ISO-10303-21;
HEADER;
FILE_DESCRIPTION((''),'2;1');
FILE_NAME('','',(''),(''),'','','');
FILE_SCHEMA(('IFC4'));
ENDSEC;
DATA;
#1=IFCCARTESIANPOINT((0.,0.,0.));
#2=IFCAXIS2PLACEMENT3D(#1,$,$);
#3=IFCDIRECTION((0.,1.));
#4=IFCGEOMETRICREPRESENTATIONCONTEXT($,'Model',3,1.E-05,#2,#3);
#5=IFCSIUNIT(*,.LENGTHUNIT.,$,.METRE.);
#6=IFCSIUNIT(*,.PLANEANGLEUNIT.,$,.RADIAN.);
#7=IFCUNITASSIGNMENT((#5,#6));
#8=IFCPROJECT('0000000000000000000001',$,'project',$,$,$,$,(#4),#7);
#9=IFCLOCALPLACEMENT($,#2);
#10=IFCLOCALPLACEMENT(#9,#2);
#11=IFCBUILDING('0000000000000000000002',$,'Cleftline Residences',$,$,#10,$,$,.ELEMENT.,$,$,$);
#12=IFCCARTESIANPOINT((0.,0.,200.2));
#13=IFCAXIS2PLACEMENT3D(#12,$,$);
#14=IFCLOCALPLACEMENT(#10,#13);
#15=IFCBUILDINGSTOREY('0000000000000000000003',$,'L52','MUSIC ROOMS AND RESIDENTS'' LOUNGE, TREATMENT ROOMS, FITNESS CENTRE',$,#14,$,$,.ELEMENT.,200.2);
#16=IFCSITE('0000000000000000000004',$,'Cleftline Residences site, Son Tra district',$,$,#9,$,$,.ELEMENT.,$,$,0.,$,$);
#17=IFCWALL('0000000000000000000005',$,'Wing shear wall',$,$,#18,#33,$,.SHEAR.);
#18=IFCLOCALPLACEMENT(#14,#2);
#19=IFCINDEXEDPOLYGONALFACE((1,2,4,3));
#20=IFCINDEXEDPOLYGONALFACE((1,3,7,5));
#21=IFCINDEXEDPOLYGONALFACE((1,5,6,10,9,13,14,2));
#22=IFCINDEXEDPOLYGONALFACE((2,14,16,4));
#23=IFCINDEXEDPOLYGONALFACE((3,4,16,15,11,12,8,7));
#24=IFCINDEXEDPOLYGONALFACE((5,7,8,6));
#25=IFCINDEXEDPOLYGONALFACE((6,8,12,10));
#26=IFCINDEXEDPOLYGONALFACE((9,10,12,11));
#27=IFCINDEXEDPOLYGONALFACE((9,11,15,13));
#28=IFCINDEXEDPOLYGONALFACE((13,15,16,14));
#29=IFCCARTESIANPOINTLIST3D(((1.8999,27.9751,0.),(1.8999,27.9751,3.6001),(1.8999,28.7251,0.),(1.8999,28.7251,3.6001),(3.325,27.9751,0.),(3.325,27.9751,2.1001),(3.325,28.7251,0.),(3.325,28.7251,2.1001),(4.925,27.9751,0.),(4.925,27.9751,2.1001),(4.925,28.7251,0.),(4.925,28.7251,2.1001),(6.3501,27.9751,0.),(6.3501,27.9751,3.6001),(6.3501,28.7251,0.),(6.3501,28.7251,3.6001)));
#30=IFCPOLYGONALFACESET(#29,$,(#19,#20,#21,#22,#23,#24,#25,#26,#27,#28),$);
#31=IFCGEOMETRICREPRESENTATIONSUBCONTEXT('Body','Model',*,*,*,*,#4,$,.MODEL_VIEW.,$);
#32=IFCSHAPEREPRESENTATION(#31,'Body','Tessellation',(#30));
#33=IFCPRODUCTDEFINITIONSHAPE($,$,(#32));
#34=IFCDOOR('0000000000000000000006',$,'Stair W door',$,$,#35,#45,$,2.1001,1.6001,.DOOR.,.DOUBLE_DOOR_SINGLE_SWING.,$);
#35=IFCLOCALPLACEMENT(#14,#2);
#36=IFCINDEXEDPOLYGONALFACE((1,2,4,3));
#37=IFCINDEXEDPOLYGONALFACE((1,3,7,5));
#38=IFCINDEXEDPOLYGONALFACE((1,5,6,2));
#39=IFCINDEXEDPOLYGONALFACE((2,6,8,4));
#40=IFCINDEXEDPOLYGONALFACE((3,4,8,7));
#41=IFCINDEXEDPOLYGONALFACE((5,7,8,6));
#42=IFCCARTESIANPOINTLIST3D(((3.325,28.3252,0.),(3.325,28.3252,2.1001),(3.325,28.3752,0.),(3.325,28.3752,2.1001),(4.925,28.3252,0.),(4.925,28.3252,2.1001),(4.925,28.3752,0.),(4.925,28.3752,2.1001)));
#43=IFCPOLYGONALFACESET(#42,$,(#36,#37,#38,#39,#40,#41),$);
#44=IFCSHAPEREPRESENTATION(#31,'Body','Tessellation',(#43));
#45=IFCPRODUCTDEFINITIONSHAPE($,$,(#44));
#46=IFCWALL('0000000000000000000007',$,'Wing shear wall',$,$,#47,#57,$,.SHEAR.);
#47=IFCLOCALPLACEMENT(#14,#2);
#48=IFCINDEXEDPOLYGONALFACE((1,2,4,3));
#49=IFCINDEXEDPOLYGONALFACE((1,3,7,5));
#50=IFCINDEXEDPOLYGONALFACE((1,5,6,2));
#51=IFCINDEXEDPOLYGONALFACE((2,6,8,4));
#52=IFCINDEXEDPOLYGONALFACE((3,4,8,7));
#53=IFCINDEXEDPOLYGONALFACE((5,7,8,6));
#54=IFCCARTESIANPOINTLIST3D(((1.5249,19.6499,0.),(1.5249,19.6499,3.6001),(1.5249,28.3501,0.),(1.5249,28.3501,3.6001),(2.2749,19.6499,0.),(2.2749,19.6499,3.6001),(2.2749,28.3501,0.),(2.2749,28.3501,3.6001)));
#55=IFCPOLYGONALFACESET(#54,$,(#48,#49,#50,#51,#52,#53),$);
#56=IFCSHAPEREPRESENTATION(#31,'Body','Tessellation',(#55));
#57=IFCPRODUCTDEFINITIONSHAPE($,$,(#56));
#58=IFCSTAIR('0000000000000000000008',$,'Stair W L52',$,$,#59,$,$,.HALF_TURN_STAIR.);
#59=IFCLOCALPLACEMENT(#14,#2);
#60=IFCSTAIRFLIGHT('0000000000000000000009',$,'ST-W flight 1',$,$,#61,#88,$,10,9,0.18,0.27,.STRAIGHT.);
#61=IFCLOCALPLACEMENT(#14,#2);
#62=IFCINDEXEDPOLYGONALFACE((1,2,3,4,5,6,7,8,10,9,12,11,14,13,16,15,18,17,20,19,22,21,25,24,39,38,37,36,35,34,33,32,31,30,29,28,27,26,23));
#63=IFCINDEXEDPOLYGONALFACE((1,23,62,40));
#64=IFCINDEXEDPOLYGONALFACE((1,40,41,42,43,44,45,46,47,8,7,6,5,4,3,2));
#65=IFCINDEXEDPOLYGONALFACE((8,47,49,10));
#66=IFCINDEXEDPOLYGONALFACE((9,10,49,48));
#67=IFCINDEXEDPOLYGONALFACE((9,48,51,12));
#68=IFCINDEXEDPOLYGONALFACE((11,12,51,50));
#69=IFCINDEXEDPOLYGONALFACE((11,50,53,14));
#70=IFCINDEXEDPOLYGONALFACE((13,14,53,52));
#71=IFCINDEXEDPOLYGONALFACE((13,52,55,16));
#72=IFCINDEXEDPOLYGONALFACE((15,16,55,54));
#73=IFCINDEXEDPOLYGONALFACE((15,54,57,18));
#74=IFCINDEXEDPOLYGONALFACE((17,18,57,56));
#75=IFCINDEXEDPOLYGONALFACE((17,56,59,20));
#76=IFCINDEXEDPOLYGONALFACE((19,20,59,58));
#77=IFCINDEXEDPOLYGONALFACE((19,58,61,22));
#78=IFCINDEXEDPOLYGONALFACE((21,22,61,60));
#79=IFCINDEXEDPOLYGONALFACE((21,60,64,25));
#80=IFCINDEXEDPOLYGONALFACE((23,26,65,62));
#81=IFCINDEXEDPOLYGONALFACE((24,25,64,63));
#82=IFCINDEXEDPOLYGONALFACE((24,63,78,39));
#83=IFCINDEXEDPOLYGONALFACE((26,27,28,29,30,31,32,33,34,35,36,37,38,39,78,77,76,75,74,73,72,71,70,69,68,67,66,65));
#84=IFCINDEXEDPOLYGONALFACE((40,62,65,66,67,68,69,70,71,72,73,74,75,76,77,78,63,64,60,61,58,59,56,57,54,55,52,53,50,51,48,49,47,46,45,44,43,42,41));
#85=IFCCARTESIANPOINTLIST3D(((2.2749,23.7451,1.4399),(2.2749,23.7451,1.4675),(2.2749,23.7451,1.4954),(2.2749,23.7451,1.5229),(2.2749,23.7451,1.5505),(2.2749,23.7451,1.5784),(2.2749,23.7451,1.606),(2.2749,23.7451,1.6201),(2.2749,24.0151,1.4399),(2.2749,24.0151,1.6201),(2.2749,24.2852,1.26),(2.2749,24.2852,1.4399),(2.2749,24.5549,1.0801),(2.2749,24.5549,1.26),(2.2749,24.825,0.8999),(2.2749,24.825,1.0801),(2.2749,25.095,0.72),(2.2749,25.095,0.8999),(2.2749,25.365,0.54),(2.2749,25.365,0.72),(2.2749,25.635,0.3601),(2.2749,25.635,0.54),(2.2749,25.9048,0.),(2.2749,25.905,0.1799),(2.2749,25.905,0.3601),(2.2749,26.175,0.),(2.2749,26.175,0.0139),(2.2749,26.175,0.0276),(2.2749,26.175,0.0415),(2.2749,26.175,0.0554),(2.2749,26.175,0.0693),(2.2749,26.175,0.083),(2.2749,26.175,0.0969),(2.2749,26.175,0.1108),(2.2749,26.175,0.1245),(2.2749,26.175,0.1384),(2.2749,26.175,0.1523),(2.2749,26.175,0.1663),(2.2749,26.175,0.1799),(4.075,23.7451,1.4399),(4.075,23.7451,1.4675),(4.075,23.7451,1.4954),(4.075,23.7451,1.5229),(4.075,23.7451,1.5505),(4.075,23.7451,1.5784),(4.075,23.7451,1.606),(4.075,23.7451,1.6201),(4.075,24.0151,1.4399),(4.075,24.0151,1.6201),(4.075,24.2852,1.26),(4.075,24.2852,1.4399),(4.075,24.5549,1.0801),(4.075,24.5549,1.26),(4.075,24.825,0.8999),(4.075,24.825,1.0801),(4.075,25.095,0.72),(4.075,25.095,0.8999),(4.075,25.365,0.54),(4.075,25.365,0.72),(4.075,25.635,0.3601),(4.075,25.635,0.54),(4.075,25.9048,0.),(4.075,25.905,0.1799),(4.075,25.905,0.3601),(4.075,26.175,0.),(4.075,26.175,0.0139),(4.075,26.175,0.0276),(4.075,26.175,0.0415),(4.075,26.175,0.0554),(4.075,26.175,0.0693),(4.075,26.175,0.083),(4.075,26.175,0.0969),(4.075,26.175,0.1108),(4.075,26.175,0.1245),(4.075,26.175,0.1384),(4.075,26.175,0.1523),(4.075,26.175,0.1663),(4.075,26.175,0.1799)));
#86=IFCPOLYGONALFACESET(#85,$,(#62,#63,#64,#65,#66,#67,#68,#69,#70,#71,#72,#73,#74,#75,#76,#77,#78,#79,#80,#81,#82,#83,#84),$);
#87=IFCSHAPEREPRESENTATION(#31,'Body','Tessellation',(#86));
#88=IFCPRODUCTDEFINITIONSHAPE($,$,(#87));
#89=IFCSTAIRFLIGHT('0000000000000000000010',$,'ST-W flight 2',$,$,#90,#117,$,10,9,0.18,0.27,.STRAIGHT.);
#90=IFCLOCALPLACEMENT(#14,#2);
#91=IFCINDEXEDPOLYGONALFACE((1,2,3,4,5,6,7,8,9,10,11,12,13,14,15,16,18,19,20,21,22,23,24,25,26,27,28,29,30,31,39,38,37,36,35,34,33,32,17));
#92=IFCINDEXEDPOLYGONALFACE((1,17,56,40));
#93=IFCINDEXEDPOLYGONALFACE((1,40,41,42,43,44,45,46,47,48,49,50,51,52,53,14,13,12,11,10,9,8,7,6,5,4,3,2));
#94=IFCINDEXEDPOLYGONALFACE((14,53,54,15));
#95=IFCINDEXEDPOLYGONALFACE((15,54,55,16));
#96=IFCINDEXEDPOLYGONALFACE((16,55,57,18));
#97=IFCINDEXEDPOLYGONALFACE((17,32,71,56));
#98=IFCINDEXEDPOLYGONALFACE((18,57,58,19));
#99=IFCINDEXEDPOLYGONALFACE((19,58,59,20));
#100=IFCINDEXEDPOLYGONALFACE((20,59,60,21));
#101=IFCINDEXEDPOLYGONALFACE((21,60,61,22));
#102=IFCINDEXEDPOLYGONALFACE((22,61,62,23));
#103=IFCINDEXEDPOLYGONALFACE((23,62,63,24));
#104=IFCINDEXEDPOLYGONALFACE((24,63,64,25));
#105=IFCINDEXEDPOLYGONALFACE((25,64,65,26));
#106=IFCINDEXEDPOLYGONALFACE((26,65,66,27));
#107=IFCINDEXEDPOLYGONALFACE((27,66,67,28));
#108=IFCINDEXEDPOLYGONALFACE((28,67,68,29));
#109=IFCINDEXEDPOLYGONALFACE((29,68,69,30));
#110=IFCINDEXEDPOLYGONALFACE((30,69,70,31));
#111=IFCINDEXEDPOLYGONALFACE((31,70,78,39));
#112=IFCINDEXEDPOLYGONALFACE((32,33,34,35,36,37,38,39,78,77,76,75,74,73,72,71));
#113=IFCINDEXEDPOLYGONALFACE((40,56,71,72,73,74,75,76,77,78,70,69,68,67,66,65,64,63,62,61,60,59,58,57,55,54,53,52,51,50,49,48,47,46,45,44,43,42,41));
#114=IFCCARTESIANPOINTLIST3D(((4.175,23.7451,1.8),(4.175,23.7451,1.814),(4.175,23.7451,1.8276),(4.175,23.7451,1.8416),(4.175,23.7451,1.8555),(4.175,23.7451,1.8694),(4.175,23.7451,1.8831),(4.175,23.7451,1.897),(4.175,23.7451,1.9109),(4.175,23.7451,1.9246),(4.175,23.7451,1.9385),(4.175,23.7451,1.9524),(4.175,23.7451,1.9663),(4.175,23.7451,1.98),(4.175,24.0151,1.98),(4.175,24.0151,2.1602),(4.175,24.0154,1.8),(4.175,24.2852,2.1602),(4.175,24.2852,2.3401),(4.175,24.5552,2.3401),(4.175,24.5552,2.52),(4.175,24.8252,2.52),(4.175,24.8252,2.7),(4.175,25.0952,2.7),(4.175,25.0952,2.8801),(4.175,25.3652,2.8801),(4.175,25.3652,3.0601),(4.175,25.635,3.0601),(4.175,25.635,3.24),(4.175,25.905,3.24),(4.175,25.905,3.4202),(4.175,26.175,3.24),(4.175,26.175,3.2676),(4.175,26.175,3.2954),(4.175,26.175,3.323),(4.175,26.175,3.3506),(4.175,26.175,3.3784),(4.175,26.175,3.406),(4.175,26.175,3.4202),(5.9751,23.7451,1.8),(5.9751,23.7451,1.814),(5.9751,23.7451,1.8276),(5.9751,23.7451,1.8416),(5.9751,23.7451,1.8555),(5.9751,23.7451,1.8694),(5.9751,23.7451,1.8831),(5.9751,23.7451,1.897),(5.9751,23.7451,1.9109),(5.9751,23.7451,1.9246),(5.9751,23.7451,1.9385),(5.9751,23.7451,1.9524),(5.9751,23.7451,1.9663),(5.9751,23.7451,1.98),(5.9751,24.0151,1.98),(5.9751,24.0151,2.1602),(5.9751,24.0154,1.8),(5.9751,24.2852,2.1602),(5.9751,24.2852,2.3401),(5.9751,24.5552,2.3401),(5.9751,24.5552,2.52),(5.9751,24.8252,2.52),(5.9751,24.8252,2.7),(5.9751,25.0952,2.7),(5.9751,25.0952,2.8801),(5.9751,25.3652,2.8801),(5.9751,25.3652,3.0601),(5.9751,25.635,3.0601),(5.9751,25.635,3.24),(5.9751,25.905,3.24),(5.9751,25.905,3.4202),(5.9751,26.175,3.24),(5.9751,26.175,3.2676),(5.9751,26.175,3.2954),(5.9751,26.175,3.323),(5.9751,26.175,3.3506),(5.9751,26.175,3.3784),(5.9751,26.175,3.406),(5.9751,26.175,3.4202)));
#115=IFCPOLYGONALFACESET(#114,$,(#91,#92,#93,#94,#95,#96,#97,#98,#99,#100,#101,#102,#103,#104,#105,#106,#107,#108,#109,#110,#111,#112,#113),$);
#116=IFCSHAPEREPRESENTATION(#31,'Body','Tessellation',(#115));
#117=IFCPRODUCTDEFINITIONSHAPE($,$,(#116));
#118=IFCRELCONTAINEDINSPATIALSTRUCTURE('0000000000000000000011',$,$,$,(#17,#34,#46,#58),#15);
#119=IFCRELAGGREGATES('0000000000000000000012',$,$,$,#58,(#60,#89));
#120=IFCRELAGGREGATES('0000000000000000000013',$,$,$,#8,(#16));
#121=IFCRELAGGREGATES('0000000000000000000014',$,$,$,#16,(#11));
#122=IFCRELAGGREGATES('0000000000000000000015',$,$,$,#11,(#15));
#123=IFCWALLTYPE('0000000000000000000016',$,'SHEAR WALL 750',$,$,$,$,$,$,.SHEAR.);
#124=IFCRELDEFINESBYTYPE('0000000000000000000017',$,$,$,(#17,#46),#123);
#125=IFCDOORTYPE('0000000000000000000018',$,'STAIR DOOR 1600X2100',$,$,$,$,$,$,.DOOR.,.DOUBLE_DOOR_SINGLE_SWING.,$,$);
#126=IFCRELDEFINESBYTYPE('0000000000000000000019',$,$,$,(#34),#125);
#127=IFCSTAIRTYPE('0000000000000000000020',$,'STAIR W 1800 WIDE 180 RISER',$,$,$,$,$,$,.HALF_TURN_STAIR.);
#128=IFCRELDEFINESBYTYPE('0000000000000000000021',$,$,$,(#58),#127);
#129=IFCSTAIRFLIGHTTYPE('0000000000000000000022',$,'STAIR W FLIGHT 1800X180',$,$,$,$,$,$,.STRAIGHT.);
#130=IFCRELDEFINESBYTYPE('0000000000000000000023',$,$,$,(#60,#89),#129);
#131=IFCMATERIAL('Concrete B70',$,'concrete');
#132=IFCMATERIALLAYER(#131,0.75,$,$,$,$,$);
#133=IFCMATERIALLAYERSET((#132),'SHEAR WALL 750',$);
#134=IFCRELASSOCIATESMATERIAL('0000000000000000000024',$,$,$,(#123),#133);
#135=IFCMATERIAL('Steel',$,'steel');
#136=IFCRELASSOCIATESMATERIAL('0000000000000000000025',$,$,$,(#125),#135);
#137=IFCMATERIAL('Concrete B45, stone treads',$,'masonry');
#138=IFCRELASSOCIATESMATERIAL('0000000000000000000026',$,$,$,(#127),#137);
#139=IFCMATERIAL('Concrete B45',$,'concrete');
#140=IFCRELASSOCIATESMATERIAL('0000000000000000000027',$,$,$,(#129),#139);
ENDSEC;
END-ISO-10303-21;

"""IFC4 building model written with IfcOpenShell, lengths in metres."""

from ifc_helpers import new_model, si_unit, direction, frame, frame_2d, origin, place, context, subcontext, project, spatial, polyline, rectangle, outline, extrude, material, layer, layer_set, type_object, element, fill, aggregate, save


model = new_model("IFC4")

# Units and contexts
model_context = context("Model", 3, precision=1e-05, world=origin(), true_north=direction((0.0, 1.0)))
body_context = subcontext(model_context, "Body", "Model", "MODEL_VIEW")
ifc_project = project(units=[si_unit("LENGTHUNIT", "METRE"), si_unit("PLANEANGLEUNIT", "RADIAN")], contexts=[model_context])

# Site, building, storey
site_placement = place(None, origin())
site = spatial("IfcSite", under=ifc_project, at=site_placement, Name="Cleftline Residences site, Son Tra district", CompositionType="ELEMENT", RefElevation=0.0)
building_placement = place(site_placement, origin())
building = spatial("IfcBuilding", under=site, at=building_placement, Name="Cleftline Residences", CompositionType="ELEMENT")
storey_placement = place(building_placement, frame((0.0, 0.0, 200.2)))
storey = spatial("IfcBuildingStorey", under=building, at=storey_placement, Name="L52", Description="MUSIC ROOMS AND RESIDENTS' LOUNGE, TREATMENT ROOMS, FITNESS CENTRE", CompositionType="ELEMENT", Elevation=200.2)

# Wall, opening, door
ifc_material_1 = material(Name="Concrete B70", Category="concrete")
ifc_layer_1 = layer(ifc_material_1, 0.75)
ifc_layer_set_1 = layer_set([ifc_layer_1], Name="SHEAR WALL 750")
wall_type = type_object("IfcWallType", Name="SHEAR WALL 750", PredefinedType="SHEAR", material=ifc_layer_set_1)
wall_1_placement = place(storey_placement, frame((6.3501, 28.3501, 0.0), z_axis=(0.0, 0.0, 1.0), x_axis=(-1.0, 0.0, 0.0)))
wall_1 = element("IfcWall", 1, at=wall_1_placement, inside=storey, type_object=wall_type, Name="Wing shear wall", PredefinedType="SHEAR", context=body_context, shape_type="SweptSolid", body=[
    extrude(rectangle(XDim=4.4502, YDim=0.75, at=frame_2d((2.2251, 0.0))), origin(), (0.0, 0.0, 1.0), 3.6001),
])
opening_placement = place(wall_1_placement, frame((1.425, 0.0, 0.0)))
opening = element("IfcOpeningElement", 2, at=opening_placement, cuts=wall_1, PredefinedType="OPENING", context=body_context, shape_type="SweptSolid", body=[
    extrude(rectangle(XDim=1.6001, YDim=2.1001, at=frame_2d((0.8, 1.05))), frame((0.0, 0.385, 0.0), z_axis=(0.0, -1.0, 0.0), x_axis=(1.0, 0.0, 0.0)), (0.0, 0.0, 1.0), 0.77),
])
ifc_material_2 = material(Name="Steel", Category="steel")
door_type = type_object("IfcDoorType", Name="STAIR DOOR 1600X2100", OperationType="DOUBLE_DOOR_SINGLE_SWING", PredefinedType="DOOR", material=ifc_material_2)
door_placement = place(opening_placement, origin())
door = element("IfcDoor", 3, at=door_placement, inside=storey, type_object=door_type, Name="Stair W door", OperationType="DOUBLE_DOOR_SINGLE_SWING", OverallHeight=2.1001, OverallWidth=1.6001, PredefinedType="DOOR", context=body_context, shape_type="SweptSolid", body=[
    extrude(rectangle(XDim=1.6001, YDim=2.1001, at=frame_2d((0.8, 1.05))), frame((0.0, 0.0249, 0.0), z_axis=(0.0, -1.0, 0.0), x_axis=(1.0, 0.0, 0.0)), (0.0, 0.0, 1.0), 0.05),
])
fill(opening, door)

# Wall
wall_2_placement = place(storey_placement, frame((1.8999, 28.3501, 0.0), z_axis=(0.0, 0.0, 1.0), x_axis=(0.0, -1.0, 0.0)))
element("IfcWall", 4, at=wall_2_placement, inside=storey, type_object=wall_type, Name="Wing shear wall", PredefinedType="SHEAR", context=body_context, shape_type="SweptSolid", body=[
    extrude(rectangle(XDim=8.7002, YDim=0.75, at=frame_2d((4.3501, 0.0))), origin(), (0.0, 0.0, 1.0), 3.6001),
])

# Stair, stair flights
ifc_material_3 = material(Name="Concrete B45, stone treads", Category="masonry")
stair_type = type_object("IfcStairType", Name="STAIR W 1800 WIDE 180 RISER", PredefinedType="HALF_TURN_STAIR", material=ifc_material_3)
stair_placement = place(storey_placement, origin())
stair = element("IfcStair", 5, at=stair_placement, inside=storey, type_object=stair_type, Name="Stair W L52", PredefinedType="HALF_TURN_STAIR")
ifc_material_4 = material(Name="Concrete B45", Category="concrete")
stair_flight_type = type_object("IfcStairFlightType", Name="STAIR W FLIGHT 1800X180", PredefinedType="STRAIGHT", material=ifc_material_4)
stair_flight_1_placement = place(storey_placement, frame((3.175, 26.175, 0.0), z_axis=(0.0, 0.0, 1.0), x_axis=(0.0, -1.0, 0.0)))
stair_flight_1 = element("IfcStairFlight", 6, at=stair_flight_1_placement, type_object=stair_flight_type, Name="ST-W flight 1", NumberOfRisers=10, NumberOfTreads=9, PredefinedType="STRAIGHT", RiserHeight=0.18, TreadLength=0.27, context=body_context, shape_type="SweptSolid", body=[
    extrude(outline(polyline([(0.0, 0.0), (0.0, 0.0139), (0.0, 0.0276), (0.0, 0.0415), (0.0, 0.0554), (0.0, 0.0693), (0.0, 0.083), (0.0, 0.0969), (0.0, 0.1108), (0.0, 0.1245), (0.0, 0.1384), (0.0, 0.1523), (0.0, 0.1663), (0.0, 0.1799), (0.27, 0.1799), (0.27, 0.3601), (0.54, 0.3601), (0.54, 0.54), (0.8101, 0.54), (0.8101, 0.72), (1.0801, 0.72), (1.0801, 0.8999), (1.3501, 0.8999), (1.3501, 1.0801), (1.6201, 1.0801), (1.6201, 1.26), (1.8899, 1.26), (1.8899, 1.4399), (2.1599, 1.4399), (2.1599, 1.6201), (2.4299, 1.6201), (2.4299, 1.8), (2.4299, 1.7722), (2.4299, 1.7446), (2.4299, 1.7168), (2.4299, 1.6892), (2.4299, 1.6614), (2.4299, 1.6338), (2.4299, 1.606), (2.4299, 1.5784), (2.4299, 1.5505), (2.4299, 1.5229), (2.4299, 1.4954), (2.4299, 1.4675), (2.4299, 1.4399), (0.2703, 0.0), (0.0, 0.0)])), frame((0.0, 0.8999, 0.0), z_axis=(0.0, -1.0, 0.0), x_axis=(1.0, 0.0, 0.0)), (0.0, 0.0, 1.0), 1.8),
])
stair_flight_2_placement = place(storey_placement, frame((5.075, 23.7451, 1.8), z_axis=(0.0, 0.0, 1.0), x_axis=(0.0, 1.0, 0.0)))
stair_flight_2 = element("IfcStairFlight", 7, at=stair_flight_2_placement, type_object=stair_flight_type, Name="ST-W flight 2", NumberOfRisers=10, NumberOfTreads=9, PredefinedType="STRAIGHT", RiserHeight=0.18, TreadLength=0.27, context=body_context, shape_type="SweptSolid", body=[
    extrude(outline(polyline([(0.0, 0.0), (0.0, 0.0139), (0.0, 0.0276), (0.0, 0.0415), (0.0, 0.0554), (0.0, 0.0693), (0.0, 0.083), (0.0, 0.0969), (0.0, 0.1108), (0.0, 0.1245), (0.0, 0.1384), (0.0, 0.1523), (0.0, 0.1663), (0.0, 0.1799), (0.27, 0.1799), (0.27, 0.3601), (0.54, 0.3601), (0.54, 0.54), (0.8101, 0.54), (0.8101, 0.72), (1.0801, 0.72), (1.0801, 0.8999), (1.3501, 0.8999), (1.3501, 1.0801), (1.6201, 1.0801), (1.6201, 1.26), (1.8899, 1.26), (1.8899, 1.4399), (2.1599, 1.4399), (2.1599, 1.6201), (2.4299, 1.6201), (2.4299, 1.8), (2.4299, 1.7722), (2.4299, 1.7446), (2.4299, 1.7168), (2.4299, 1.6892), (2.4299, 1.6614), (2.4299, 1.6338), (2.4299, 1.606), (2.4299, 1.5784), (2.4299, 1.5505), (2.4299, 1.5229), (2.4299, 1.4954), (2.4299, 1.4675), (2.4299, 1.4399), (0.2703, 0.0), (0.0, 0.0)])), frame((0.0, 0.8999, 0.0), z_axis=(0.0, -1.0, 0.0), x_axis=(1.0, 0.0, 0.0)), (0.0, 0.0, 1.0), 1.8),
])
aggregate(stair, [stair_flight_1, stair_flight_2])

save(model, "model.ifc")
